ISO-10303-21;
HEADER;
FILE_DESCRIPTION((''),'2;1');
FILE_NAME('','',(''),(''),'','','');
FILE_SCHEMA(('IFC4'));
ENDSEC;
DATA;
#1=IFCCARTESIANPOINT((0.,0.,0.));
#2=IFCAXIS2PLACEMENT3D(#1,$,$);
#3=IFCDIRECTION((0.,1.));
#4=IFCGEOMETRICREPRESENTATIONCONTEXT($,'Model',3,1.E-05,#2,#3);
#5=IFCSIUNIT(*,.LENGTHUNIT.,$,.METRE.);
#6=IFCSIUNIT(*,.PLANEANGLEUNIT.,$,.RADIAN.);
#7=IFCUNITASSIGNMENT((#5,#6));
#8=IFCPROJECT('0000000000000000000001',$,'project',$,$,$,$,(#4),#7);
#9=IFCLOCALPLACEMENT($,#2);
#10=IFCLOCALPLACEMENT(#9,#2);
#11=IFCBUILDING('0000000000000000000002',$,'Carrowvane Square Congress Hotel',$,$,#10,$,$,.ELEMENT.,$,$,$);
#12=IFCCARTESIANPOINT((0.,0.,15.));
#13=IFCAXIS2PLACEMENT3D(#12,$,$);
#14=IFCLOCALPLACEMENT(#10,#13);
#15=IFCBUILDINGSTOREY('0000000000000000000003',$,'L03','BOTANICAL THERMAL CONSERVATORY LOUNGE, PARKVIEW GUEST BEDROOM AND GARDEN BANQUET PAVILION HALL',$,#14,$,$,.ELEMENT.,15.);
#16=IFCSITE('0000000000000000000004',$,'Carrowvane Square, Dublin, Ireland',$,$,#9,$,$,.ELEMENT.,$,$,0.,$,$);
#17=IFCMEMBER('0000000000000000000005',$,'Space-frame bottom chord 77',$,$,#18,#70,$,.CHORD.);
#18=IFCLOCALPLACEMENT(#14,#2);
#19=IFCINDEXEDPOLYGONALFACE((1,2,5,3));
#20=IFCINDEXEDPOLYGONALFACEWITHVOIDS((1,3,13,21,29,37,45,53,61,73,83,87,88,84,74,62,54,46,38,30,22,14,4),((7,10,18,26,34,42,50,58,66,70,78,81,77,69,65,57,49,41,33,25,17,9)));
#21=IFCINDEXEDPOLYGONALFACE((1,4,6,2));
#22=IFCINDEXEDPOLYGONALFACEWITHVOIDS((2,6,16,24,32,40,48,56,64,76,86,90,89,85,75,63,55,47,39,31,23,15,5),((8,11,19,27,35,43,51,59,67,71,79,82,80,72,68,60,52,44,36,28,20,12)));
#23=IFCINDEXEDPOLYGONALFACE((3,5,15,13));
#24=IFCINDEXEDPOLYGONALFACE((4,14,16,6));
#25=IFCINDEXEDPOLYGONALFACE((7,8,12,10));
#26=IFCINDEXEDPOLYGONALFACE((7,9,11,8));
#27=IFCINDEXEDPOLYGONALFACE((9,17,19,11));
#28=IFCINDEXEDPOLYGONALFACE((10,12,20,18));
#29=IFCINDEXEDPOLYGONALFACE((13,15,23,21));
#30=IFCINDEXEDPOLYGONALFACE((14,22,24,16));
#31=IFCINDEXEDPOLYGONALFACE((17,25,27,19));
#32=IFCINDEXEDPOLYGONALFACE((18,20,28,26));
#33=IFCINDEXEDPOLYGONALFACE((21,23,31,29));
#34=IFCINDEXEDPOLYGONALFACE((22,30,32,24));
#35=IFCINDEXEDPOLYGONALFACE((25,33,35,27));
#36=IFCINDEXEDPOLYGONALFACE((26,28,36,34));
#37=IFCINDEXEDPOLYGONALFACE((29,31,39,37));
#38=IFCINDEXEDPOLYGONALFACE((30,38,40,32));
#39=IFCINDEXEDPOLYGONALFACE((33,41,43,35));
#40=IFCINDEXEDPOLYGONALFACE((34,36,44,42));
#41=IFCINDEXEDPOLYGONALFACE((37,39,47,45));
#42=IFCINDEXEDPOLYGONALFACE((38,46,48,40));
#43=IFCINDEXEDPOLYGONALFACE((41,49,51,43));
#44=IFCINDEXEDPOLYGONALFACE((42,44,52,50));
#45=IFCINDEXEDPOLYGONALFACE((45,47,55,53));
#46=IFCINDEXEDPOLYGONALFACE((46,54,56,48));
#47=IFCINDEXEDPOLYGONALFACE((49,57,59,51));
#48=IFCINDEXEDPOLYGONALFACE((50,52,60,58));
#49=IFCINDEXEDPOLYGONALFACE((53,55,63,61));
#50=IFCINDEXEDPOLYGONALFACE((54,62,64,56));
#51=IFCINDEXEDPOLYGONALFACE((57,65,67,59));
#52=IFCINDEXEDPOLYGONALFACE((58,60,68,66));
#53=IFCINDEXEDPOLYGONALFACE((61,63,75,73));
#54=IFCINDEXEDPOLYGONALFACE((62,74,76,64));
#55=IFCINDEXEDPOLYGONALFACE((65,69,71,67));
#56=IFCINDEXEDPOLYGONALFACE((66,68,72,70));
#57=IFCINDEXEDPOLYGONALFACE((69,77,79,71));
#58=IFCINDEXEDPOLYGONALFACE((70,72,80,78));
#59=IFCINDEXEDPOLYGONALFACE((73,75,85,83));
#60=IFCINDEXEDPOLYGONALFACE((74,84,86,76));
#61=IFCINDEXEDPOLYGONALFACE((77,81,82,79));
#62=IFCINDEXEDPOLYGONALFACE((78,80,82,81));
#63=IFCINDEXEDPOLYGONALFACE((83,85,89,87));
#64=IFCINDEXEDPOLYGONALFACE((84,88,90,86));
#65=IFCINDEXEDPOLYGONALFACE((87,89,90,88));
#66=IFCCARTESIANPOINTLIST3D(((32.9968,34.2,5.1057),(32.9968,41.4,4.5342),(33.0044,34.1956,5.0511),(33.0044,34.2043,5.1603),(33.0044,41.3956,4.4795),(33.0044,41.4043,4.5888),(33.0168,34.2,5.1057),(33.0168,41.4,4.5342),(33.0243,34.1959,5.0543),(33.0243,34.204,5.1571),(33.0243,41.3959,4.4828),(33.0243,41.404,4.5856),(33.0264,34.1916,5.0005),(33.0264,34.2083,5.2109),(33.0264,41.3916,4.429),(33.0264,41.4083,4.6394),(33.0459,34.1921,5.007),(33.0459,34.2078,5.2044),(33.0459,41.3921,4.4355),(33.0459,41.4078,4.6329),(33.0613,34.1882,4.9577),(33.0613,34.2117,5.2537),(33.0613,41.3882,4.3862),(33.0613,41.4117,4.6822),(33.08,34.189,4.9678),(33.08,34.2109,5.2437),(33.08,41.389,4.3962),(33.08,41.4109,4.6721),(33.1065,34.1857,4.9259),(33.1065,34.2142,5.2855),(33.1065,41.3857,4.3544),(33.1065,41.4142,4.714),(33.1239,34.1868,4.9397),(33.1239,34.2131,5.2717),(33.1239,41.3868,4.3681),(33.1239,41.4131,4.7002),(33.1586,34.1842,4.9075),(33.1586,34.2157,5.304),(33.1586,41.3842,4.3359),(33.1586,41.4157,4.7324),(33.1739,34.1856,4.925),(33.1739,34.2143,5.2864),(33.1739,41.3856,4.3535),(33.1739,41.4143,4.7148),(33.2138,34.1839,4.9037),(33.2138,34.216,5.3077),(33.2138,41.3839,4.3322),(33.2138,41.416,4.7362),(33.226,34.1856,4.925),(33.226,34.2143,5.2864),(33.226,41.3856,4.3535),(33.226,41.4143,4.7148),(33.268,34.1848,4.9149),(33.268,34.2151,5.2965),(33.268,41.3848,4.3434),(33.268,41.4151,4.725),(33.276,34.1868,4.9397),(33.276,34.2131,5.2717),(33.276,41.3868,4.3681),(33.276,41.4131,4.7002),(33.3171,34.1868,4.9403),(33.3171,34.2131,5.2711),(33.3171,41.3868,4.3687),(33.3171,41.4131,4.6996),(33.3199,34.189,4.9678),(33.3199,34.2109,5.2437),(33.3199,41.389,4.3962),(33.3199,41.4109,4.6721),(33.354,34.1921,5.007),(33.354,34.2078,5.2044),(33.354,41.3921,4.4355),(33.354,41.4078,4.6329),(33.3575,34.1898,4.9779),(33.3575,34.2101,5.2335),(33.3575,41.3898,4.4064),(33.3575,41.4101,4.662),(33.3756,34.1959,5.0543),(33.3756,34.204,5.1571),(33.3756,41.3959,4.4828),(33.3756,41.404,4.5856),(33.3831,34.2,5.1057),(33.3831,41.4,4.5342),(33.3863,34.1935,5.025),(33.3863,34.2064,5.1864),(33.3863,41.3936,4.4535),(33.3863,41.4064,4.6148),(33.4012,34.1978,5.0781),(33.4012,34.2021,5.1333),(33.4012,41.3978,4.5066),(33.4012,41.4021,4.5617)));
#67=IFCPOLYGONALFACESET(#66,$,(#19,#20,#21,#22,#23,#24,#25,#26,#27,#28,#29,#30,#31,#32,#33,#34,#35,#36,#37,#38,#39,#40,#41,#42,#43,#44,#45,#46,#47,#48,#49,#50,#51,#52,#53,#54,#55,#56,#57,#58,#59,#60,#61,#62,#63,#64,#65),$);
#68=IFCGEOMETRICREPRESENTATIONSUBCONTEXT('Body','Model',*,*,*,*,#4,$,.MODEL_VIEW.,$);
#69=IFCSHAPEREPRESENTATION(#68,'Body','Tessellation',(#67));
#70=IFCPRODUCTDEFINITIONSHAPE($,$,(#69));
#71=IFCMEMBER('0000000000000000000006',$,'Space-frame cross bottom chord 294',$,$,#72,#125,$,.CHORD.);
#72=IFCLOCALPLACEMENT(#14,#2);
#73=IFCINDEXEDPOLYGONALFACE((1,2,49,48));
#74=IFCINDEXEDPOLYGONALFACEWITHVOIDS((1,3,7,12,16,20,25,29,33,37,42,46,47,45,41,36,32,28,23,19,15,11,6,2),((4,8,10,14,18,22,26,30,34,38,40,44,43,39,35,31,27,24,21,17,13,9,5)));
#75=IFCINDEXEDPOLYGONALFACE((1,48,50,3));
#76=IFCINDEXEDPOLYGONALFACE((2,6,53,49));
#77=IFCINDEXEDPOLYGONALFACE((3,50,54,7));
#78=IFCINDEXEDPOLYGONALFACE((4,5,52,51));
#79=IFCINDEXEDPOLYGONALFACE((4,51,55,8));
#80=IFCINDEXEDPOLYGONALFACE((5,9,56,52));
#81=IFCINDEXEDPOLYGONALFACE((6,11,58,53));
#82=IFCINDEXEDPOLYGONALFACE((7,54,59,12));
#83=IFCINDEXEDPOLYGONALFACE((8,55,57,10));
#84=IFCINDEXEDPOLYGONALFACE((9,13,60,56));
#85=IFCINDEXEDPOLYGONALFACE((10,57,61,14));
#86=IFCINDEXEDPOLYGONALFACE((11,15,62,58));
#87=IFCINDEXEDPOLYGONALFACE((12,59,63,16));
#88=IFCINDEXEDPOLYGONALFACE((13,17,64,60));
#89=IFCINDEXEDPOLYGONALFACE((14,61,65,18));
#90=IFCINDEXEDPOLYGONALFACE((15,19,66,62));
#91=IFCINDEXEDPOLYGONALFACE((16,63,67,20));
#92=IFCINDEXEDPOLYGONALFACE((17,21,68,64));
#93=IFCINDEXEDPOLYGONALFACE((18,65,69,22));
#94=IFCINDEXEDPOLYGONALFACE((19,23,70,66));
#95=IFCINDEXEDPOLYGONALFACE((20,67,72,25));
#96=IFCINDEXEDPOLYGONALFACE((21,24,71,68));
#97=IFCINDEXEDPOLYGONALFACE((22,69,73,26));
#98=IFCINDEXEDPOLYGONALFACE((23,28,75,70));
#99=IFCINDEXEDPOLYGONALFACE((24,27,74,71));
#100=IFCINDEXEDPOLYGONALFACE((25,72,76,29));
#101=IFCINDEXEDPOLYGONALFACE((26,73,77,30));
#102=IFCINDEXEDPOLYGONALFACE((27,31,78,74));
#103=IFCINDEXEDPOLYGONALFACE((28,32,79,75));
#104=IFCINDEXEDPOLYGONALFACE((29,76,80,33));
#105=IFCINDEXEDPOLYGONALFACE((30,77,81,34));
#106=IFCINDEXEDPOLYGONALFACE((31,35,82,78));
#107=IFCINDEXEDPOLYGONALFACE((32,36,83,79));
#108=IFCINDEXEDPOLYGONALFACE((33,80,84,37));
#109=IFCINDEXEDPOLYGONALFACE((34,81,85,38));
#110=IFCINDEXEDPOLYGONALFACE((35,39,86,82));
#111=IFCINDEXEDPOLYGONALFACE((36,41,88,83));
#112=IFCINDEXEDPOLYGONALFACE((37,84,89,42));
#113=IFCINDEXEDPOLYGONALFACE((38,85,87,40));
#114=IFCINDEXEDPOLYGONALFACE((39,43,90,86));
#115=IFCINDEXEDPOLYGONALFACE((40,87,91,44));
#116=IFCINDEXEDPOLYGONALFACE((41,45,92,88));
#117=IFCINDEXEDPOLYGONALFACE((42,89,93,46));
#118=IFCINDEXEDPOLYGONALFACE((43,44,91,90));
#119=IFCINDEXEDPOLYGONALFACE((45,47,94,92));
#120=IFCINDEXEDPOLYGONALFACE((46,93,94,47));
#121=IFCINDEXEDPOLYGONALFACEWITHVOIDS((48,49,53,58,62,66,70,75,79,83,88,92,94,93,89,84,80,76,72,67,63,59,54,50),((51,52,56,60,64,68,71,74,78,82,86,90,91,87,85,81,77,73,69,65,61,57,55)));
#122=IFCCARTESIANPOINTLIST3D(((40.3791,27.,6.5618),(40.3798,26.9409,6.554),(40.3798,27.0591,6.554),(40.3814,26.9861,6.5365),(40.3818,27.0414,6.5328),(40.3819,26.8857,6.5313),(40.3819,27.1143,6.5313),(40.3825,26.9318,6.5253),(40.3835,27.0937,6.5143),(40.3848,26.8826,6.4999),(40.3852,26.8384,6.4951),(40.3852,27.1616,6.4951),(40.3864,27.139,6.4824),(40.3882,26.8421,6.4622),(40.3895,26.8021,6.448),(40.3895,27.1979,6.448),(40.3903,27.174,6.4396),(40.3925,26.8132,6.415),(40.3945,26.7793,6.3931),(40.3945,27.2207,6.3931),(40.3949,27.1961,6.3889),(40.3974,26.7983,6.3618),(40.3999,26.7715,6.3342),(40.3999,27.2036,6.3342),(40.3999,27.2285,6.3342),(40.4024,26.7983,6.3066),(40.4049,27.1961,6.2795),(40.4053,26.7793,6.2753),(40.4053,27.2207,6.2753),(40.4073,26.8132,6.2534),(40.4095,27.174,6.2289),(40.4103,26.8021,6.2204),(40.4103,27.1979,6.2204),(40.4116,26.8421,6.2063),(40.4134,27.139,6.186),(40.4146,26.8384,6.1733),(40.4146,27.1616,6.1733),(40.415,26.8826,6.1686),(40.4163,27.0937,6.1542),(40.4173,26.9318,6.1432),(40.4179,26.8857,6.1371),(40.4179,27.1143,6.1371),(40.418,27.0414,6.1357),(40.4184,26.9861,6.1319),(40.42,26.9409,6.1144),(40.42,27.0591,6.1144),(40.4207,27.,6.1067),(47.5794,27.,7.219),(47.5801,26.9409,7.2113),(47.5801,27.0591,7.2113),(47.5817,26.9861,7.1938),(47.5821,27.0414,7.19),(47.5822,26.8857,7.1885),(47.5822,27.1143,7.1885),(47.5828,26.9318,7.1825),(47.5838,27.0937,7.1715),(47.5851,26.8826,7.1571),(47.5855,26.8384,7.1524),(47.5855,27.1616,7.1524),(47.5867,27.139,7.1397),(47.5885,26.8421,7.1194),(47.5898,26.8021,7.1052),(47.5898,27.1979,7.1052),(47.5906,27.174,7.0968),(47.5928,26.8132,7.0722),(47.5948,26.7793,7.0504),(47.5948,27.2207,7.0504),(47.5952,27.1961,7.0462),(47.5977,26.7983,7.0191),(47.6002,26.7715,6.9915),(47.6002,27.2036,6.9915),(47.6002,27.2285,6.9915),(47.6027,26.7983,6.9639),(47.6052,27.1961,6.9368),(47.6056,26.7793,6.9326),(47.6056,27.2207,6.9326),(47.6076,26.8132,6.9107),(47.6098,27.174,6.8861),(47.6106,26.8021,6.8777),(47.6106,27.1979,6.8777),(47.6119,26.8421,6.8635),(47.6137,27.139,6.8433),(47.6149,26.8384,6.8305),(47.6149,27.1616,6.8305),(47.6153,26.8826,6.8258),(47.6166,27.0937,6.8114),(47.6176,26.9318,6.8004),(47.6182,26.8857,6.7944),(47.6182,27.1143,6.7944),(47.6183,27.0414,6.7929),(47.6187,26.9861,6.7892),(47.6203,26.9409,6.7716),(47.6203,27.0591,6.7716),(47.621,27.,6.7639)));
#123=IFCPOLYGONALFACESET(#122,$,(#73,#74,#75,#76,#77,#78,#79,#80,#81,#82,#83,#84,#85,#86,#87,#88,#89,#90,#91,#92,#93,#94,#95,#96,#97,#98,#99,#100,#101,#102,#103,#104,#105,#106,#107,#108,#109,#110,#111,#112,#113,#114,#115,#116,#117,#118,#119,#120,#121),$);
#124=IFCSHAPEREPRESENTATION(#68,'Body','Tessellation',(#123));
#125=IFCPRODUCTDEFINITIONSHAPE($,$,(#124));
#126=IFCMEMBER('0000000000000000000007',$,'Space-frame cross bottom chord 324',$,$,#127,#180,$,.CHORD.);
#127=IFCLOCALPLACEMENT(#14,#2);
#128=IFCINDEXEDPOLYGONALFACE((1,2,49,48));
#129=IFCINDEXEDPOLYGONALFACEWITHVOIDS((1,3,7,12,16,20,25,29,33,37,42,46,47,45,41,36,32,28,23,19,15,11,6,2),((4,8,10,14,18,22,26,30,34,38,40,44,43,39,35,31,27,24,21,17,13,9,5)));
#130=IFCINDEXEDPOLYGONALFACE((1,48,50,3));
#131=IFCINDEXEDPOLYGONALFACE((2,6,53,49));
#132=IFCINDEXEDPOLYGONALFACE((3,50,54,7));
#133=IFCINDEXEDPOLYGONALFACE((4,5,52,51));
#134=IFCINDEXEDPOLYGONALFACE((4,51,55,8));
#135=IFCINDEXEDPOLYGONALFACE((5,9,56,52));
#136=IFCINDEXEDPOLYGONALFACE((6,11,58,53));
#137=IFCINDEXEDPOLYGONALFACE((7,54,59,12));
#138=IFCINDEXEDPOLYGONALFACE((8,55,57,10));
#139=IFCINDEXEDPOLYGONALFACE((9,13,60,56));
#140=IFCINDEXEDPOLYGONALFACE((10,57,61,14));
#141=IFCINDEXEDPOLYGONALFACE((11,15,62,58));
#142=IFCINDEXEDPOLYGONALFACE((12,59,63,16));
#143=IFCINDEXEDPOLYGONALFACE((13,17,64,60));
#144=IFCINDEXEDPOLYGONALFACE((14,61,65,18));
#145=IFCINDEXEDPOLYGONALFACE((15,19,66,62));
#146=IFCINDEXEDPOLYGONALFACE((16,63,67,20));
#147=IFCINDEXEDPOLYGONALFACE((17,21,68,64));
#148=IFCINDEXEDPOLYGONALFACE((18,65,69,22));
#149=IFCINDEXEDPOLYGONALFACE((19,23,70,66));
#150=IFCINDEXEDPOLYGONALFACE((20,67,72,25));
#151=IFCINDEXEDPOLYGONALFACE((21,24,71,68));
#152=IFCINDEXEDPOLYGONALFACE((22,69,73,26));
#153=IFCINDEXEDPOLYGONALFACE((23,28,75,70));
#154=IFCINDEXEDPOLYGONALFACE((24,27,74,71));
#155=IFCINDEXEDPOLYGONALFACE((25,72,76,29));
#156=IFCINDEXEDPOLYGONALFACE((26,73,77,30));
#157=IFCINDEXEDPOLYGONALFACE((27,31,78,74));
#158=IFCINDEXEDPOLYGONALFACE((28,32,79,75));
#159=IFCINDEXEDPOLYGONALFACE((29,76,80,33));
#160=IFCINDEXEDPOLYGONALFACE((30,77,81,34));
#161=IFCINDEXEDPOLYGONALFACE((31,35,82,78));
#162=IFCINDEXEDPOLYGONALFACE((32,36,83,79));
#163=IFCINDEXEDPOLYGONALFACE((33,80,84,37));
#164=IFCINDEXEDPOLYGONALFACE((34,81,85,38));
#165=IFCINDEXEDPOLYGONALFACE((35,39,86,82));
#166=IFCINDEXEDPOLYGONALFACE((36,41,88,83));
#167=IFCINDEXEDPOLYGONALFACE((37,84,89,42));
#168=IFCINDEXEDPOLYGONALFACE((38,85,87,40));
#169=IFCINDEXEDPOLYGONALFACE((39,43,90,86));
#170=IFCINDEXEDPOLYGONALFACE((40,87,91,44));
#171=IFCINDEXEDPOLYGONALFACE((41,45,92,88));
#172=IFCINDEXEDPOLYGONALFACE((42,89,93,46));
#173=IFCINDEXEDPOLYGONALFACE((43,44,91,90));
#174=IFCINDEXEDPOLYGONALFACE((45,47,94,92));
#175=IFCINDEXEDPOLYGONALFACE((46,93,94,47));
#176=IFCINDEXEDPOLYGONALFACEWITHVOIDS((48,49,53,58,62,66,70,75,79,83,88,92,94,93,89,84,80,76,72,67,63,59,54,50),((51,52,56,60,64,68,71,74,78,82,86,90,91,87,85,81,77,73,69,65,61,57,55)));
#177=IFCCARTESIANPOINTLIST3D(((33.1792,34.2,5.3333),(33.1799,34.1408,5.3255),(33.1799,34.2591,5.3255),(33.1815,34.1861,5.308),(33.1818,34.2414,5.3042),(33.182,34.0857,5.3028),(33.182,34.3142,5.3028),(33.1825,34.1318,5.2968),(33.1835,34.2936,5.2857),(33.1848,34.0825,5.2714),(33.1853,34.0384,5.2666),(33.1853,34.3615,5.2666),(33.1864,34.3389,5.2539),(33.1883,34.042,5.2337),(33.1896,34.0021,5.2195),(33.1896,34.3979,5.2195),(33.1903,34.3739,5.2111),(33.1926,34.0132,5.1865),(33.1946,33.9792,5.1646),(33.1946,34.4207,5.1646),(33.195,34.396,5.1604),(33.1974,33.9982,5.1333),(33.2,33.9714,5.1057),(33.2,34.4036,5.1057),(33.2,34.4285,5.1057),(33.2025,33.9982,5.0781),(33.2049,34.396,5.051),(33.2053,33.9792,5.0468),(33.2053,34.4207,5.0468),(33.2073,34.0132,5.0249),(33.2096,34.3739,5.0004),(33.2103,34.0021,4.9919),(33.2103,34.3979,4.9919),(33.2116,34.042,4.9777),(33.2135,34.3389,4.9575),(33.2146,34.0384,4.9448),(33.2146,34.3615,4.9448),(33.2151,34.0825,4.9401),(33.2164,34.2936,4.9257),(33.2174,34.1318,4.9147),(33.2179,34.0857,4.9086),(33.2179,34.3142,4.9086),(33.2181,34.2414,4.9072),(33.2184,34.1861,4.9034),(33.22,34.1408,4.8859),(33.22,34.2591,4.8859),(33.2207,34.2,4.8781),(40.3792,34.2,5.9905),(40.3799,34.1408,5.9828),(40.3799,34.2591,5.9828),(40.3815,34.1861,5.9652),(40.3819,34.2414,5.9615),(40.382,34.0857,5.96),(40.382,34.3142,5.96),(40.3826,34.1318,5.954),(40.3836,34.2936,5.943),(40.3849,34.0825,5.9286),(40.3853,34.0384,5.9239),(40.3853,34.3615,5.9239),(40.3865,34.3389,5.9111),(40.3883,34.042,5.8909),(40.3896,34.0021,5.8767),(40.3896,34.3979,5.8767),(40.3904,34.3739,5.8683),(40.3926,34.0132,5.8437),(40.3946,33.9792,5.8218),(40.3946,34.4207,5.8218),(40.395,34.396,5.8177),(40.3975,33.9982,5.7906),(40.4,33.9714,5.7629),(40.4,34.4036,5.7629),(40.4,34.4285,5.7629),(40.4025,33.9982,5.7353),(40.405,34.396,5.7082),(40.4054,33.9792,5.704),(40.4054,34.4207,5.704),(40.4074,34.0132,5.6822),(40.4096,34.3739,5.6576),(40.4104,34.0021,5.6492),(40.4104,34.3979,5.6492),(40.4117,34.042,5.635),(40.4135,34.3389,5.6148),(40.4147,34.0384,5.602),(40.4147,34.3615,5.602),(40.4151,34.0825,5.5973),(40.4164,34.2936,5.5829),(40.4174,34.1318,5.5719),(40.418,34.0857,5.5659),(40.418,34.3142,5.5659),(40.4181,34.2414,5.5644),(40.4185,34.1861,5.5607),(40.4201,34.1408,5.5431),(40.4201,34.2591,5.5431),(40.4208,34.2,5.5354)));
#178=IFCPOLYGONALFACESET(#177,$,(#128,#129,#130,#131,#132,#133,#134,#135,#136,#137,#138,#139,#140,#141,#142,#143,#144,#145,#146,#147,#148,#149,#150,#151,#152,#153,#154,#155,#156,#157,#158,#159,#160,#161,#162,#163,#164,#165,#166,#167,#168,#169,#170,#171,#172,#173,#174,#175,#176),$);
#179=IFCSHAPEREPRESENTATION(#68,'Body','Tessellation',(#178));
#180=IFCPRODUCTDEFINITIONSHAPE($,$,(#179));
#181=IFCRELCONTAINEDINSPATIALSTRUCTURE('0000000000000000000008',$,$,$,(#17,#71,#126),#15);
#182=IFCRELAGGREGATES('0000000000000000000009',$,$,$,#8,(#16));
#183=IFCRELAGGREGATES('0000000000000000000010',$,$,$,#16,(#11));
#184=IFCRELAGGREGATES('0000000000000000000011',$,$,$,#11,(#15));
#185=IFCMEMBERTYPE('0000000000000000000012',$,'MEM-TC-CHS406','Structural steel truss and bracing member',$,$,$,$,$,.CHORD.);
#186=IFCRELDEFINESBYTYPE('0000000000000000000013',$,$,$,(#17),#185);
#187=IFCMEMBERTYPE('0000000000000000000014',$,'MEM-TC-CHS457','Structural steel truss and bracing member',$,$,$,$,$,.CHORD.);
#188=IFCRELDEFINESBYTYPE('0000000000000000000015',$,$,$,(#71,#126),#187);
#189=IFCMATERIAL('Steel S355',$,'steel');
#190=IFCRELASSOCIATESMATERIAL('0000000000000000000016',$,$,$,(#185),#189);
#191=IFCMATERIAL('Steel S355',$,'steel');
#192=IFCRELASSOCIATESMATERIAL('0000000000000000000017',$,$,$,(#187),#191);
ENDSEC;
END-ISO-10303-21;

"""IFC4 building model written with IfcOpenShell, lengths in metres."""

from ifc_helpers import new_model, si_unit, direction, frame, origin, origin_2d, place, context, subcontext, project, spatial, hollow_circle, extrude, material, material_profile, profile_set, type_object, element, save


model = new_model("IFC4")

# Units and contexts
model_context = context("Model", 3, precision=1e-05, world=origin(), true_north=direction((0.0, 1.0)))
body_context = subcontext(model_context, "Body", "Model", "MODEL_VIEW")
ifc_project = project(units=[si_unit("LENGTHUNIT", "METRE"), si_unit("PLANEANGLEUNIT", "RADIAN")], contexts=[model_context])

# Site, building, storey
site_placement = place(None, origin())
site = spatial("IfcSite", under=ifc_project, at=site_placement, Name="Carrowvane Square, Dublin, Ireland", CompositionType="ELEMENT", RefElevation=0.0)
building_placement = place(site_placement, origin())
building = spatial("IfcBuilding", under=site, at=building_placement, Name="Carrowvane Square Congress Hotel", CompositionType="ELEMENT")
storey_placement = place(building_placement, frame((0.0, 0.0, 15.0)))
storey = spatial("IfcBuildingStorey", under=building, at=storey_placement, Name="L03", Description="BOTANICAL THERMAL CONSERVATORY LOUNGE, PARKVIEW GUEST BEDROOM AND GARDEN BANQUET PAVILION HALL", CompositionType="ELEMENT", Elevation=15.0)

# Members
ifc_material_1 = material(Name="Steel S355", Category="steel")
ifc_material_profile_1 = material_profile(ifc_material_1, hollow_circle(Radius=0.2031, WallThickness=0.02, at=origin_2d()), Name="CHS 406.4x20")
ifc_profile_set_1 = profile_set([ifc_material_profile_1], Name="Steel S355")
member_type_1 = type_object("IfcMemberType", Name="MEM-TC-CHS406", Description="Structural steel truss and bracing member", PredefinedType="CHORD", material=ifc_profile_set_1)
member_1_placement = place(storey_placement, frame((33.2, 34.2, 5.1057), z_axis=(0.0, 0.996864, -0.079131), x_axis=(-1.0, 0.0, 0.0)))
element("IfcMember", 1, at=member_1_placement, inside=storey, type_object=member_type_1, Name="Space-frame bottom chord 77", PredefinedType="CHORD", context=body_context, shape_type="SweptSolid", body=[
    extrude(hollow_circle(Radius=0.2031, WallThickness=0.02, at=origin_2d()), origin(), (0.0, 0.0, 1.0), 7.2227),
])
ifc_material_2 = material(Name="Steel S355", Category="steel")
ifc_material_profile_2 = material_profile(ifc_material_2, hollow_circle(Radius=0.2285, WallThickness=0.0249, at=origin_2d()), Name="CHS 457.0x25")
ifc_profile_set_2 = profile_set([ifc_material_profile_2], Name="Steel S355")
member_type_2 = type_object("IfcMemberType", Name="MEM-TC-CHS457", Description="Structural steel truss and bracing member", PredefinedType="CHORD", material=ifc_profile_set_2)
member_2_placement = place(storey_placement, frame((40.3999, 27.0, 6.3342), z_axis=(0.99586, 0.0, 0.090901), x_axis=(0.0, 1.0, 0.0)))
element("IfcMember", 2, at=member_2_placement, inside=storey, type_object=member_type_2, Name="Space-frame cross bottom chord 294", PredefinedType="CHORD", context=body_context, shape_type="SweptSolid", body=[
    extrude(hollow_circle(Radius=0.2285, WallThickness=0.0249, at=origin_2d()), origin(), (0.0, 0.0, 1.0), 7.2302),
])
member_3_placement = place(storey_placement, frame((33.2, 34.2, 5.1057), z_axis=(0.99586, 0.0, 0.090904), x_axis=(0.0, 1.0, 0.0)))
element("IfcMember", 3, at=member_3_placement, inside=storey, type_object=member_type_2, Name="Space-frame cross bottom chord 324", PredefinedType="CHORD", context=body_context, shape_type="SweptSolid", body=[
    extrude(hollow_circle(Radius=0.2285, WallThickness=0.0249, at=origin_2d()), origin(), (0.0, 0.0, 1.0), 7.23),
])

save(model, "model.ifc")
